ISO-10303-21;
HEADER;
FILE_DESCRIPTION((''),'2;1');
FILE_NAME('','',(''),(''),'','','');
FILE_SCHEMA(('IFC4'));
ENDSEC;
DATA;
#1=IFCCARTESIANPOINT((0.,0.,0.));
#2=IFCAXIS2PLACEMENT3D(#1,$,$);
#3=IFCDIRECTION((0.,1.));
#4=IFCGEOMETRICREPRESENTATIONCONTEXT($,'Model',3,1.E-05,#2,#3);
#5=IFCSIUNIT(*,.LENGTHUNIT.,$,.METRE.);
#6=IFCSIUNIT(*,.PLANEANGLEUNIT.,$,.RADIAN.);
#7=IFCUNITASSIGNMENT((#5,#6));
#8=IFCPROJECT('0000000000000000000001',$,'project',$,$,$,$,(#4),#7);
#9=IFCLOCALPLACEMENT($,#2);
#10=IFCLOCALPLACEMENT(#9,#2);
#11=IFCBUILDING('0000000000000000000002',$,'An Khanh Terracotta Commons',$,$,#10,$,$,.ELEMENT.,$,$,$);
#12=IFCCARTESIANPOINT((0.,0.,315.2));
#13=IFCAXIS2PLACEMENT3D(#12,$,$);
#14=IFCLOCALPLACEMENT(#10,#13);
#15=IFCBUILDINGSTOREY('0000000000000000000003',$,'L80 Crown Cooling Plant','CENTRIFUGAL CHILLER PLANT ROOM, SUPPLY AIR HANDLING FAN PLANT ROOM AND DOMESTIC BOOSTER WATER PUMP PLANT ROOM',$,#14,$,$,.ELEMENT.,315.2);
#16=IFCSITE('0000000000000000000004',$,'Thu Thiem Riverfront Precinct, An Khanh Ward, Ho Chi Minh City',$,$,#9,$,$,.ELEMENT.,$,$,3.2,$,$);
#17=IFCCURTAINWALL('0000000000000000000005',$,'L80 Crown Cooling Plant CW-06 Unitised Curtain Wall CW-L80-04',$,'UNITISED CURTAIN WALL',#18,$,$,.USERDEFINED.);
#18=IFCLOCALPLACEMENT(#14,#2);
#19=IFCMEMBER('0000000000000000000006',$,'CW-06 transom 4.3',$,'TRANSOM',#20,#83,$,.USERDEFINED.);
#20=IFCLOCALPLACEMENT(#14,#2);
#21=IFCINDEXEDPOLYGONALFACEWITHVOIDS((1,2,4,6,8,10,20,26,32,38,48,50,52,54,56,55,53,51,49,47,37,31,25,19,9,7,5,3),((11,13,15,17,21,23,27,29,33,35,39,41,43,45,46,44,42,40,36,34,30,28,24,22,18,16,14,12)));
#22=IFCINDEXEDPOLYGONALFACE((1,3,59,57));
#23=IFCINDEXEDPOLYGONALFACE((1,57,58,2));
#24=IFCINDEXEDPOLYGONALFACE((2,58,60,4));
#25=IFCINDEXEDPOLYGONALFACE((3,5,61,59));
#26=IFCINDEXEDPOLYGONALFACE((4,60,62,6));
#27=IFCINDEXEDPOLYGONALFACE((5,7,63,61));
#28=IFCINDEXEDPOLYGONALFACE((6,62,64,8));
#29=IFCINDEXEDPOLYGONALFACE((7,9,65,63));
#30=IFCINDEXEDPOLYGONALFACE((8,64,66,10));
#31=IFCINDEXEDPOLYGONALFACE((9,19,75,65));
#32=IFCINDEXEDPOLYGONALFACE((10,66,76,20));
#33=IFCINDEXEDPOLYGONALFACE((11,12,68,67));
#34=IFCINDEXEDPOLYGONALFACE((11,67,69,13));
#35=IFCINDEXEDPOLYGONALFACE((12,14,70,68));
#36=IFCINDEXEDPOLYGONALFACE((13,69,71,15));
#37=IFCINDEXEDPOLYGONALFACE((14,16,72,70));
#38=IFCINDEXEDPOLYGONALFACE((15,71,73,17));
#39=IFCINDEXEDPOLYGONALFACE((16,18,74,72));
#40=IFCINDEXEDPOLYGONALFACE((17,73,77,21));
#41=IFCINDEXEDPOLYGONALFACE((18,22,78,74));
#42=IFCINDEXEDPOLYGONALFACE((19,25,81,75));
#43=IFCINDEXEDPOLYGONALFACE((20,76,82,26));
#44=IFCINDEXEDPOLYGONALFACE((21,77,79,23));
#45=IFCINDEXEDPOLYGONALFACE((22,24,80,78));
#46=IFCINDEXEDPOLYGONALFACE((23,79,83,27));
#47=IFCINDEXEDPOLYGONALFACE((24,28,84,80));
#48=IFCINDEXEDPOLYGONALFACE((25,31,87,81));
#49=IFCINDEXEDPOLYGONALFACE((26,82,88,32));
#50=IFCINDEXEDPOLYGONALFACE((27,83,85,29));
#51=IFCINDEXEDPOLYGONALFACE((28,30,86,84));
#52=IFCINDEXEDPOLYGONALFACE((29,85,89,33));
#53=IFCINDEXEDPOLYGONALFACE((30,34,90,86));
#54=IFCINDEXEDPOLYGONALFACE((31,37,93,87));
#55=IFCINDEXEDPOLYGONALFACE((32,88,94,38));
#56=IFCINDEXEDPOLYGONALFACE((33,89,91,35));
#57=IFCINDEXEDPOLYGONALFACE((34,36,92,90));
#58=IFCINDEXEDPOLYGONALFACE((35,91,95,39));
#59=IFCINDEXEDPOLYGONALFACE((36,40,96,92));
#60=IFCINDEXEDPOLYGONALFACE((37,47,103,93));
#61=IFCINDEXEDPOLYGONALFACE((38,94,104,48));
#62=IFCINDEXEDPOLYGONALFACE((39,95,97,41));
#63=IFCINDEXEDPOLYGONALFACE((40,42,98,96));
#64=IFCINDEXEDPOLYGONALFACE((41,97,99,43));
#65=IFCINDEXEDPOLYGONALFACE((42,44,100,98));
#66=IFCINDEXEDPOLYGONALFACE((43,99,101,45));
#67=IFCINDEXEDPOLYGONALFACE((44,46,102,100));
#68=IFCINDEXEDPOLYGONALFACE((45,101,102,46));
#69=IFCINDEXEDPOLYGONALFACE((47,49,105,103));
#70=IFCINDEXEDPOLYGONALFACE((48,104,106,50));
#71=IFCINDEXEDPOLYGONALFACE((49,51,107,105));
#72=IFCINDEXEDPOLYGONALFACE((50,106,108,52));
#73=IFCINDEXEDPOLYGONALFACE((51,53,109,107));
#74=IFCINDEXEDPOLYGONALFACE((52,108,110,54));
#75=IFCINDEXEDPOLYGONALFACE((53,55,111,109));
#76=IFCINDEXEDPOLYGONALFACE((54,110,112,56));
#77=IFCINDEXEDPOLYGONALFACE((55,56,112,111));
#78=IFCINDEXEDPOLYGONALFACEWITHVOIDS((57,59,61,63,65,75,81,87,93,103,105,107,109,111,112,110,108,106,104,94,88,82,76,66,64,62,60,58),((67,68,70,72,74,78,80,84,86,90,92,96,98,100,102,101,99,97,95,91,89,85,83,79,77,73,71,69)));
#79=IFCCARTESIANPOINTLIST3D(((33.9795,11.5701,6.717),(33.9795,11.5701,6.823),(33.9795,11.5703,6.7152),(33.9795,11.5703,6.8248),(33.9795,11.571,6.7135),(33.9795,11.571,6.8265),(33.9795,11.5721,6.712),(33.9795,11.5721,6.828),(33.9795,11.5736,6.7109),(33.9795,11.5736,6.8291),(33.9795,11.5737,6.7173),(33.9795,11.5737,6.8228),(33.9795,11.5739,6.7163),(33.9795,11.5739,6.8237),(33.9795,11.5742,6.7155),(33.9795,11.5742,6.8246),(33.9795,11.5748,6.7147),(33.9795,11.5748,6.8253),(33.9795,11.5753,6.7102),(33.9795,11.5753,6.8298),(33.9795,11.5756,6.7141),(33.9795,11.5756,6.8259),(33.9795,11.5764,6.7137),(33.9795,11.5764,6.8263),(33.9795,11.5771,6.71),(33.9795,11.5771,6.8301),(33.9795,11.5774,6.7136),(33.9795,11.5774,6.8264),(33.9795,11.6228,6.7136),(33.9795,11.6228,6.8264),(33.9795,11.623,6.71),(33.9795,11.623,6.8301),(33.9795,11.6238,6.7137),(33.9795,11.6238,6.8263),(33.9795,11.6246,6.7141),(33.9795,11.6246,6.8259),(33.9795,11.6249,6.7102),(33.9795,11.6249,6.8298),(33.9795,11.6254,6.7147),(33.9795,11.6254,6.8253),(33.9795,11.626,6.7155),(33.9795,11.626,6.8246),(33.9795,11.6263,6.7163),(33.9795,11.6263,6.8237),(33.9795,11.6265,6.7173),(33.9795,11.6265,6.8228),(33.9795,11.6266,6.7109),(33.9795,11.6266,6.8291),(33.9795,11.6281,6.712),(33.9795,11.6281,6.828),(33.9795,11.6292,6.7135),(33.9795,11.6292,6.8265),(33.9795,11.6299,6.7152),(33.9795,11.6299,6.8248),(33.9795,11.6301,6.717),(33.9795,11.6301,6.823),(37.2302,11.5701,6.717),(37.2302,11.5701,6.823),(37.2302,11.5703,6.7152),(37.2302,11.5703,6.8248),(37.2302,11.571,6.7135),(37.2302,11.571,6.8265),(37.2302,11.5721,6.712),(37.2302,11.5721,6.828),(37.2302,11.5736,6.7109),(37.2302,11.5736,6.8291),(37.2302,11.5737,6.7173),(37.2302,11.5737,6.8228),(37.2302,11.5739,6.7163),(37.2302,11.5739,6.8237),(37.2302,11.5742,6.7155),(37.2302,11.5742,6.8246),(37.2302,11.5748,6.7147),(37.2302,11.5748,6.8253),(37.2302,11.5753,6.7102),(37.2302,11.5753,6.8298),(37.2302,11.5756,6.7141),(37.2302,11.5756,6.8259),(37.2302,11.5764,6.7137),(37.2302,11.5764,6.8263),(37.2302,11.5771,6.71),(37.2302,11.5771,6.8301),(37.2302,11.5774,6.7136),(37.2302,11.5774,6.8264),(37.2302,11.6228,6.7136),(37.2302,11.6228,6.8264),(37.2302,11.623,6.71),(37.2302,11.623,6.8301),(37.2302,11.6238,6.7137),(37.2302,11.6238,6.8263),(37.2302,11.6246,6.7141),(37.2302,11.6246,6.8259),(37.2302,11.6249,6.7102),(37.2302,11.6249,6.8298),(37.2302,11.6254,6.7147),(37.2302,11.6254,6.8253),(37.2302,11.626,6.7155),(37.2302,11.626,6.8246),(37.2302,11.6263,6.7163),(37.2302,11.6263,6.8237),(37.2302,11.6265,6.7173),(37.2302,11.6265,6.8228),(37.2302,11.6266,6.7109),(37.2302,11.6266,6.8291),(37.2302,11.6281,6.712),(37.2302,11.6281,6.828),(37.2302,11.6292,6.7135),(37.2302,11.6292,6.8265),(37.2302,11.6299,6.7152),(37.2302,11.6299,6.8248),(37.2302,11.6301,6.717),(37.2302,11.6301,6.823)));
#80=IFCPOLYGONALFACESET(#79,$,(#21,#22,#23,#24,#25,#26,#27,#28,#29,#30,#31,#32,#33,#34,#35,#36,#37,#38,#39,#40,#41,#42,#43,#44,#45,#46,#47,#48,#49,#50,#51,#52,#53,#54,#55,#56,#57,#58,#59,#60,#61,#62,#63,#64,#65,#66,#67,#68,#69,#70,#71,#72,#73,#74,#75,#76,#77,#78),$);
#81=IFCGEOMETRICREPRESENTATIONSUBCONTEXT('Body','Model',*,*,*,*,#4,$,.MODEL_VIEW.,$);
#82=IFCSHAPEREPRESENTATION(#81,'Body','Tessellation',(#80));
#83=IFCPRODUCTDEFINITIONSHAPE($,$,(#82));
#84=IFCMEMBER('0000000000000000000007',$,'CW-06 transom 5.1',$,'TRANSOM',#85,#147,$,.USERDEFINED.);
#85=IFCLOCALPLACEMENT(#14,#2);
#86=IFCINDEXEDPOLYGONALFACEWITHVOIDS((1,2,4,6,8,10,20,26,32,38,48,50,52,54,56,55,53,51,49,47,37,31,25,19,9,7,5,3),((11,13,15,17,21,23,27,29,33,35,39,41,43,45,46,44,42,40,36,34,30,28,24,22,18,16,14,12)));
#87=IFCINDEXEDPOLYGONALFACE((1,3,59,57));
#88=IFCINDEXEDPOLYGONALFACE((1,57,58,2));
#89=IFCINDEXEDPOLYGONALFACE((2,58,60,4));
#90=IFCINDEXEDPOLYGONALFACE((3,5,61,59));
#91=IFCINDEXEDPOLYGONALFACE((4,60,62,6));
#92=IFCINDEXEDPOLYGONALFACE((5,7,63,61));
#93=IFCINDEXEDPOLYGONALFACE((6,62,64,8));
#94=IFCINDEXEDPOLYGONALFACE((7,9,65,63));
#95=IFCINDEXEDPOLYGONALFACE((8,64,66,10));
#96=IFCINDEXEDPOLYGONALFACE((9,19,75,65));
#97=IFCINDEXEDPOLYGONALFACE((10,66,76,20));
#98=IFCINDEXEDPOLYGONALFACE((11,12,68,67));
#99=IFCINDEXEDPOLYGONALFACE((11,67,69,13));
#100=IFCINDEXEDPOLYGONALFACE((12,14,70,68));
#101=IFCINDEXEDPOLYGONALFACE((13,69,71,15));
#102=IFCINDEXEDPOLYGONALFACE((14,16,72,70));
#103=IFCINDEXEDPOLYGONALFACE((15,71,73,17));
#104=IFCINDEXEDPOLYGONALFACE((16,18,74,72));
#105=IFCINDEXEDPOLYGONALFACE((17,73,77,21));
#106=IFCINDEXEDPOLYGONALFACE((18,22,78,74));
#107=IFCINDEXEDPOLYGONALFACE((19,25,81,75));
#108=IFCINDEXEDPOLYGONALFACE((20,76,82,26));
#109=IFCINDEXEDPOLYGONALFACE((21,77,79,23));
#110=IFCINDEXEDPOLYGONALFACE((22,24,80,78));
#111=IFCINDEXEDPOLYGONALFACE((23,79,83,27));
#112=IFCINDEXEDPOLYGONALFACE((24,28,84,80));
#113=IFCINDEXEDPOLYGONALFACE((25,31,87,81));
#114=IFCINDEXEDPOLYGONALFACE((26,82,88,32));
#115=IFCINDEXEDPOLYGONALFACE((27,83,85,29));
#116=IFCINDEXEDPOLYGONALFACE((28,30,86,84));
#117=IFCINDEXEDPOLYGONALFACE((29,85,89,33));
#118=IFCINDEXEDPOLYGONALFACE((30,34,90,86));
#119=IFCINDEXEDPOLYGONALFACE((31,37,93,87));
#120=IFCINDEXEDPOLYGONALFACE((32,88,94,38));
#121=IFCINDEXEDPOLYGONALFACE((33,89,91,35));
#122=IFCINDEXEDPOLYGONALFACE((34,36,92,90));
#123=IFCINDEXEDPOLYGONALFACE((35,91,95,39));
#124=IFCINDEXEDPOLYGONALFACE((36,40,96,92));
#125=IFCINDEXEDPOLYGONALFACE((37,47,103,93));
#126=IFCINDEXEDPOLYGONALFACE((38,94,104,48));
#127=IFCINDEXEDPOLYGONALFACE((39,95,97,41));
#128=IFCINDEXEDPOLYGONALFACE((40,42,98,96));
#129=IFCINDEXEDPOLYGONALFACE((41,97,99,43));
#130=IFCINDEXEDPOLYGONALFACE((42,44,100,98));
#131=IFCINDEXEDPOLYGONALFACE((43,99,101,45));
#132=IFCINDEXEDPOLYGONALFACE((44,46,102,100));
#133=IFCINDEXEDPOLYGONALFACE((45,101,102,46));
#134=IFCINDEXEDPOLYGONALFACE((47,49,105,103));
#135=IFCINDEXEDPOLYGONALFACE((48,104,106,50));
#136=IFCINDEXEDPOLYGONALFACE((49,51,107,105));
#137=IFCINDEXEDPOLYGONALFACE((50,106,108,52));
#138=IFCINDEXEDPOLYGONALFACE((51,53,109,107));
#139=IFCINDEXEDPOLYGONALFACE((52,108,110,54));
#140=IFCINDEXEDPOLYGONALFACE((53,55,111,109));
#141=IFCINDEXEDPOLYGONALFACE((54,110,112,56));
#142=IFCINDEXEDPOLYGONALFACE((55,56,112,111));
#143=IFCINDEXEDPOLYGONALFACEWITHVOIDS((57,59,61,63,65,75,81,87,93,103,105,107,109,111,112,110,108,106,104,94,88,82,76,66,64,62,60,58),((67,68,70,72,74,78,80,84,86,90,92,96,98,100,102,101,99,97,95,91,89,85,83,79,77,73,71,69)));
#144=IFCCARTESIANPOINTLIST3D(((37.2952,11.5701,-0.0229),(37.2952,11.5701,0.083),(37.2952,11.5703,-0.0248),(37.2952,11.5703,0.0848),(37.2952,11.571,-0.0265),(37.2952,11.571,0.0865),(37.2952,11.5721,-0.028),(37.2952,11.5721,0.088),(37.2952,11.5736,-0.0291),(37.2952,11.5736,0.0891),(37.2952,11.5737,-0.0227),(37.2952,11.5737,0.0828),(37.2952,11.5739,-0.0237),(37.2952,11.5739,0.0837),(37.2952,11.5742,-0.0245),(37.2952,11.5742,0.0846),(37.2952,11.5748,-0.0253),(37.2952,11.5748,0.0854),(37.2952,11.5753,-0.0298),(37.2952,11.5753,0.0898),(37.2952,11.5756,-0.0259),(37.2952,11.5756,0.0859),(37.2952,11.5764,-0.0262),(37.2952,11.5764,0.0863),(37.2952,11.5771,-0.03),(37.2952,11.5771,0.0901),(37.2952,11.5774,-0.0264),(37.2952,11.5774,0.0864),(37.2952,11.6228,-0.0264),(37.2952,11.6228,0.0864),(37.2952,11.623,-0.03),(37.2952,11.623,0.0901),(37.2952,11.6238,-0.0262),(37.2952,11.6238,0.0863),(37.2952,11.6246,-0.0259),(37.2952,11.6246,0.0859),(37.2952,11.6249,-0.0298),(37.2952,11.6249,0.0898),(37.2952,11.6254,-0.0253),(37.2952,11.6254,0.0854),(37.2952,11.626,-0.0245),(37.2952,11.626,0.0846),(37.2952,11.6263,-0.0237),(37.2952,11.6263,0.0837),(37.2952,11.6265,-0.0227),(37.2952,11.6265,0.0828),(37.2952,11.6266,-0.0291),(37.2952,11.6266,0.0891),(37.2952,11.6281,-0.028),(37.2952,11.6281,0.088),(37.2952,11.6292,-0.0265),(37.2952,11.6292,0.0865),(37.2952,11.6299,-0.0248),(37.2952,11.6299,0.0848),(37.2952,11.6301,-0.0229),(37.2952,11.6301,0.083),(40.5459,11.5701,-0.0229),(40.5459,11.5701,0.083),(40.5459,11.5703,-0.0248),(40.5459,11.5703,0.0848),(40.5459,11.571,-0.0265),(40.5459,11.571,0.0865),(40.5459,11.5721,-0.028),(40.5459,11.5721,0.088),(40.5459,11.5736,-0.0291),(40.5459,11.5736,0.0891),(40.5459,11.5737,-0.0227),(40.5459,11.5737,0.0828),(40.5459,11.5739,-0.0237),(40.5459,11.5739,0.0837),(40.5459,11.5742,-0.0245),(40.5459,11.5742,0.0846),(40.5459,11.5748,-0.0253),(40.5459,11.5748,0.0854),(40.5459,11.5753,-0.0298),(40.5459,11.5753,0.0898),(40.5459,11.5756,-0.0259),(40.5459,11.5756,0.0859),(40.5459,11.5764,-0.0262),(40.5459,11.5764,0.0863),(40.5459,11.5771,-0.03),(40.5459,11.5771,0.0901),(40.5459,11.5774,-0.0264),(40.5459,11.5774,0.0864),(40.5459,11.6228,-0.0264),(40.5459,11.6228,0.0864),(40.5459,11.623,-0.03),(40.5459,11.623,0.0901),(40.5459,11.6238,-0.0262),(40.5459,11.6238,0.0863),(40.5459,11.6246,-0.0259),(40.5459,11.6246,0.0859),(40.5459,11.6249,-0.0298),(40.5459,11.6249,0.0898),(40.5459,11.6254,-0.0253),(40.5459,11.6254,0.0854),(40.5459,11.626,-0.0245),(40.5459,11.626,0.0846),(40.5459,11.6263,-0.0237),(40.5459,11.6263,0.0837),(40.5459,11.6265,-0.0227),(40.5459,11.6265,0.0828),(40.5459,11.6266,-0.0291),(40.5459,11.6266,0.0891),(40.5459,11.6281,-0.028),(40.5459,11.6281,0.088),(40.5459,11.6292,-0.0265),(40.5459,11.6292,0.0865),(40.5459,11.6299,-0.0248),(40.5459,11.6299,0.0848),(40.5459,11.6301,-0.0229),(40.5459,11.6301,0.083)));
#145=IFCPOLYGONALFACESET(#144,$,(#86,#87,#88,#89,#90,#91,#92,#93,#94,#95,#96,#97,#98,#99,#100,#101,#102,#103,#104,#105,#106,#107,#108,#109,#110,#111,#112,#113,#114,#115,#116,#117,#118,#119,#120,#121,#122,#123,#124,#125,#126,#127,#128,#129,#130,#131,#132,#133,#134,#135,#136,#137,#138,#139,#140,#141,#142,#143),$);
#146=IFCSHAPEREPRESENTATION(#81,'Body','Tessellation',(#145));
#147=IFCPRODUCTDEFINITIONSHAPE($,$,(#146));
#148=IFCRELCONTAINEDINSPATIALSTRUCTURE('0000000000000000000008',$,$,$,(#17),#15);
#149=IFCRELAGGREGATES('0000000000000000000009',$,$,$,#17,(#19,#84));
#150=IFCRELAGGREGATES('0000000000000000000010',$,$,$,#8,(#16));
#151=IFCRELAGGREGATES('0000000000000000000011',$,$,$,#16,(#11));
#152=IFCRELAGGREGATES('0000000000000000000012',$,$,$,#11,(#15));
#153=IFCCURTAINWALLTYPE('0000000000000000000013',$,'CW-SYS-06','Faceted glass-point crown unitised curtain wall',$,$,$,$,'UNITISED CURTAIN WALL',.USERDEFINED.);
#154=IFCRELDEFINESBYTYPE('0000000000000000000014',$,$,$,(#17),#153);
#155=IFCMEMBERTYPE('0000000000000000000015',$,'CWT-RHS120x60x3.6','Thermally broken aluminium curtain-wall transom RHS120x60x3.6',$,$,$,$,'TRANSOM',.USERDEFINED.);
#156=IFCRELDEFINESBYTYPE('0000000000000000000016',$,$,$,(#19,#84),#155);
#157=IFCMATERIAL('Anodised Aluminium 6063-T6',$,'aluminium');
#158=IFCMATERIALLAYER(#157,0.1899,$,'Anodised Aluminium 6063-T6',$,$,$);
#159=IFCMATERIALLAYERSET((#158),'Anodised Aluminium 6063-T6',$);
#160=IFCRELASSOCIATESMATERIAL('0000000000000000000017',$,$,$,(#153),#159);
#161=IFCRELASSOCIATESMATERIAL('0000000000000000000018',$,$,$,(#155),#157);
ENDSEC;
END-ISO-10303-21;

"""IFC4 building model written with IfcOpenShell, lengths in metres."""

from ifc_helpers import new_model, si_unit, direction, frame, origin, origin_2d, place, context, subcontext, project, spatial, hollow_rectangle, extrude, material, layer, layer_set, material_profile, profile_set, type_object, element, aggregate, save


model = new_model("IFC4")

# Units and contexts
model_context = context("Model", 3, precision=1e-05, world=origin(), true_north=direction((0.0, 1.0)))
body_context = subcontext(model_context, "Body", "Model", "MODEL_VIEW")
ifc_project = project(units=[si_unit("LENGTHUNIT", "METRE"), si_unit("PLANEANGLEUNIT", "RADIAN")], contexts=[model_context])

# Site, building, storey
site_placement = place(None, origin())
site = spatial("IfcSite", under=ifc_project, at=site_placement, Name="Thu Thiem Riverfront Precinct, An Khanh Ward, Ho Chi Minh City", CompositionType="ELEMENT", RefElevation=3.2)
building_placement = place(site_placement, origin())
building = spatial("IfcBuilding", under=site, at=building_placement, Name="An Khanh Terracotta Commons", CompositionType="ELEMENT")
storey_placement = place(building_placement, frame((0.0, 0.0, 315.2)))
storey = spatial("IfcBuildingStorey", under=building, at=storey_placement, Name="L80 Crown Cooling Plant", Description="CENTRIFUGAL CHILLER PLANT ROOM, SUPPLY AIR HANDLING FAN PLANT ROOM AND DOMESTIC BOOSTER WATER PUMP PLANT ROOM", CompositionType="ELEMENT", Elevation=315.2)

# Curtain wall, members
ifc_material_1 = material(Name="Anodised Aluminium 6063-T6", Category="aluminium")
ifc_layer_1 = layer(ifc_material_1, 0.1899, Name="Anodised Aluminium 6063-T6")
ifc_layer_set_1 = layer_set([ifc_layer_1], Name="Anodised Aluminium 6063-T6")
curtain_wall_type = type_object("IfcCurtainWallType", Name="CW-SYS-06", Description="Faceted glass-point crown unitised curtain wall", ElementType="UNITISED CURTAIN WALL", PredefinedType="USERDEFINED", material=ifc_layer_set_1)
curtain_wall_placement = place(storey_placement, origin())
curtain_wall = element("IfcCurtainWall", 1, at=curtain_wall_placement, inside=storey, type_object=curtain_wall_type, Name="L80 Crown Cooling Plant CW-06 Unitised Curtain Wall CW-L80-04", ObjectType="UNITISED CURTAIN WALL", PredefinedType="USERDEFINED")
ifc_material_profile_1 = material_profile(ifc_material_1, hollow_rectangle(XDim=0.0601, YDim=0.1201, WallThickness=0.0037, InnerFilletRadius=0.0037, OuterFilletRadius=0.0071, at=origin_2d()), Name="RHS120x60x3.6")
ifc_profile_set_1 = profile_set([ifc_material_profile_1], Name="Anodised Aluminium 6063-T6")
member_type_1 = type_object("IfcMemberType", Name="CWT-RHS120x60x3.6", Description="Thermally broken aluminium curtain-wall transom RHS120x60x3.6", ElementType="TRANSOM", PredefinedType="USERDEFINED", material=ifc_profile_set_1)
member_1_placement = place(storey_placement, frame((33.9795, 11.6001, 6.77), z_axis=(1.0, 0.0, 0.0), x_axis=(0.0, 1.0, 0.0)))
member_1 = element("IfcMember", 2, at=member_1_placement, type_object=member_type_1, Name="CW-06 transom 4.3", ObjectType="TRANSOM", PredefinedType="USERDEFINED", context=body_context, shape_type="SweptSolid", body=[
    extrude(hollow_rectangle(XDim=0.0601, YDim=0.1201, WallThickness=0.0037, InnerFilletRadius=0.0037, OuterFilletRadius=0.0071, at=origin_2d()), origin(), (0.0, 0.0, 1.0), 3.2507),
])
member_2_placement = place(storey_placement, frame((37.2952, 11.6001, 0.03), z_axis=(1.0, 0.0, 0.0), x_axis=(0.0, 1.0, 0.0)))
member_2 = element("IfcMember", 3, at=member_2_placement, type_object=member_type_1, Name="CW-06 transom 5.1", ObjectType="TRANSOM", PredefinedType="USERDEFINED", context=body_context, shape_type="SweptSolid", body=[
    extrude(hollow_rectangle(XDim=0.0601, YDim=0.1201, WallThickness=0.0037, InnerFilletRadius=0.0037, OuterFilletRadius=0.0071, at=origin_2d()), origin(), (0.0, 0.0, 1.0), 3.2507),
])
aggregate(curtain_wall, [member_1, member_2])

save(model, "model.ifc")
